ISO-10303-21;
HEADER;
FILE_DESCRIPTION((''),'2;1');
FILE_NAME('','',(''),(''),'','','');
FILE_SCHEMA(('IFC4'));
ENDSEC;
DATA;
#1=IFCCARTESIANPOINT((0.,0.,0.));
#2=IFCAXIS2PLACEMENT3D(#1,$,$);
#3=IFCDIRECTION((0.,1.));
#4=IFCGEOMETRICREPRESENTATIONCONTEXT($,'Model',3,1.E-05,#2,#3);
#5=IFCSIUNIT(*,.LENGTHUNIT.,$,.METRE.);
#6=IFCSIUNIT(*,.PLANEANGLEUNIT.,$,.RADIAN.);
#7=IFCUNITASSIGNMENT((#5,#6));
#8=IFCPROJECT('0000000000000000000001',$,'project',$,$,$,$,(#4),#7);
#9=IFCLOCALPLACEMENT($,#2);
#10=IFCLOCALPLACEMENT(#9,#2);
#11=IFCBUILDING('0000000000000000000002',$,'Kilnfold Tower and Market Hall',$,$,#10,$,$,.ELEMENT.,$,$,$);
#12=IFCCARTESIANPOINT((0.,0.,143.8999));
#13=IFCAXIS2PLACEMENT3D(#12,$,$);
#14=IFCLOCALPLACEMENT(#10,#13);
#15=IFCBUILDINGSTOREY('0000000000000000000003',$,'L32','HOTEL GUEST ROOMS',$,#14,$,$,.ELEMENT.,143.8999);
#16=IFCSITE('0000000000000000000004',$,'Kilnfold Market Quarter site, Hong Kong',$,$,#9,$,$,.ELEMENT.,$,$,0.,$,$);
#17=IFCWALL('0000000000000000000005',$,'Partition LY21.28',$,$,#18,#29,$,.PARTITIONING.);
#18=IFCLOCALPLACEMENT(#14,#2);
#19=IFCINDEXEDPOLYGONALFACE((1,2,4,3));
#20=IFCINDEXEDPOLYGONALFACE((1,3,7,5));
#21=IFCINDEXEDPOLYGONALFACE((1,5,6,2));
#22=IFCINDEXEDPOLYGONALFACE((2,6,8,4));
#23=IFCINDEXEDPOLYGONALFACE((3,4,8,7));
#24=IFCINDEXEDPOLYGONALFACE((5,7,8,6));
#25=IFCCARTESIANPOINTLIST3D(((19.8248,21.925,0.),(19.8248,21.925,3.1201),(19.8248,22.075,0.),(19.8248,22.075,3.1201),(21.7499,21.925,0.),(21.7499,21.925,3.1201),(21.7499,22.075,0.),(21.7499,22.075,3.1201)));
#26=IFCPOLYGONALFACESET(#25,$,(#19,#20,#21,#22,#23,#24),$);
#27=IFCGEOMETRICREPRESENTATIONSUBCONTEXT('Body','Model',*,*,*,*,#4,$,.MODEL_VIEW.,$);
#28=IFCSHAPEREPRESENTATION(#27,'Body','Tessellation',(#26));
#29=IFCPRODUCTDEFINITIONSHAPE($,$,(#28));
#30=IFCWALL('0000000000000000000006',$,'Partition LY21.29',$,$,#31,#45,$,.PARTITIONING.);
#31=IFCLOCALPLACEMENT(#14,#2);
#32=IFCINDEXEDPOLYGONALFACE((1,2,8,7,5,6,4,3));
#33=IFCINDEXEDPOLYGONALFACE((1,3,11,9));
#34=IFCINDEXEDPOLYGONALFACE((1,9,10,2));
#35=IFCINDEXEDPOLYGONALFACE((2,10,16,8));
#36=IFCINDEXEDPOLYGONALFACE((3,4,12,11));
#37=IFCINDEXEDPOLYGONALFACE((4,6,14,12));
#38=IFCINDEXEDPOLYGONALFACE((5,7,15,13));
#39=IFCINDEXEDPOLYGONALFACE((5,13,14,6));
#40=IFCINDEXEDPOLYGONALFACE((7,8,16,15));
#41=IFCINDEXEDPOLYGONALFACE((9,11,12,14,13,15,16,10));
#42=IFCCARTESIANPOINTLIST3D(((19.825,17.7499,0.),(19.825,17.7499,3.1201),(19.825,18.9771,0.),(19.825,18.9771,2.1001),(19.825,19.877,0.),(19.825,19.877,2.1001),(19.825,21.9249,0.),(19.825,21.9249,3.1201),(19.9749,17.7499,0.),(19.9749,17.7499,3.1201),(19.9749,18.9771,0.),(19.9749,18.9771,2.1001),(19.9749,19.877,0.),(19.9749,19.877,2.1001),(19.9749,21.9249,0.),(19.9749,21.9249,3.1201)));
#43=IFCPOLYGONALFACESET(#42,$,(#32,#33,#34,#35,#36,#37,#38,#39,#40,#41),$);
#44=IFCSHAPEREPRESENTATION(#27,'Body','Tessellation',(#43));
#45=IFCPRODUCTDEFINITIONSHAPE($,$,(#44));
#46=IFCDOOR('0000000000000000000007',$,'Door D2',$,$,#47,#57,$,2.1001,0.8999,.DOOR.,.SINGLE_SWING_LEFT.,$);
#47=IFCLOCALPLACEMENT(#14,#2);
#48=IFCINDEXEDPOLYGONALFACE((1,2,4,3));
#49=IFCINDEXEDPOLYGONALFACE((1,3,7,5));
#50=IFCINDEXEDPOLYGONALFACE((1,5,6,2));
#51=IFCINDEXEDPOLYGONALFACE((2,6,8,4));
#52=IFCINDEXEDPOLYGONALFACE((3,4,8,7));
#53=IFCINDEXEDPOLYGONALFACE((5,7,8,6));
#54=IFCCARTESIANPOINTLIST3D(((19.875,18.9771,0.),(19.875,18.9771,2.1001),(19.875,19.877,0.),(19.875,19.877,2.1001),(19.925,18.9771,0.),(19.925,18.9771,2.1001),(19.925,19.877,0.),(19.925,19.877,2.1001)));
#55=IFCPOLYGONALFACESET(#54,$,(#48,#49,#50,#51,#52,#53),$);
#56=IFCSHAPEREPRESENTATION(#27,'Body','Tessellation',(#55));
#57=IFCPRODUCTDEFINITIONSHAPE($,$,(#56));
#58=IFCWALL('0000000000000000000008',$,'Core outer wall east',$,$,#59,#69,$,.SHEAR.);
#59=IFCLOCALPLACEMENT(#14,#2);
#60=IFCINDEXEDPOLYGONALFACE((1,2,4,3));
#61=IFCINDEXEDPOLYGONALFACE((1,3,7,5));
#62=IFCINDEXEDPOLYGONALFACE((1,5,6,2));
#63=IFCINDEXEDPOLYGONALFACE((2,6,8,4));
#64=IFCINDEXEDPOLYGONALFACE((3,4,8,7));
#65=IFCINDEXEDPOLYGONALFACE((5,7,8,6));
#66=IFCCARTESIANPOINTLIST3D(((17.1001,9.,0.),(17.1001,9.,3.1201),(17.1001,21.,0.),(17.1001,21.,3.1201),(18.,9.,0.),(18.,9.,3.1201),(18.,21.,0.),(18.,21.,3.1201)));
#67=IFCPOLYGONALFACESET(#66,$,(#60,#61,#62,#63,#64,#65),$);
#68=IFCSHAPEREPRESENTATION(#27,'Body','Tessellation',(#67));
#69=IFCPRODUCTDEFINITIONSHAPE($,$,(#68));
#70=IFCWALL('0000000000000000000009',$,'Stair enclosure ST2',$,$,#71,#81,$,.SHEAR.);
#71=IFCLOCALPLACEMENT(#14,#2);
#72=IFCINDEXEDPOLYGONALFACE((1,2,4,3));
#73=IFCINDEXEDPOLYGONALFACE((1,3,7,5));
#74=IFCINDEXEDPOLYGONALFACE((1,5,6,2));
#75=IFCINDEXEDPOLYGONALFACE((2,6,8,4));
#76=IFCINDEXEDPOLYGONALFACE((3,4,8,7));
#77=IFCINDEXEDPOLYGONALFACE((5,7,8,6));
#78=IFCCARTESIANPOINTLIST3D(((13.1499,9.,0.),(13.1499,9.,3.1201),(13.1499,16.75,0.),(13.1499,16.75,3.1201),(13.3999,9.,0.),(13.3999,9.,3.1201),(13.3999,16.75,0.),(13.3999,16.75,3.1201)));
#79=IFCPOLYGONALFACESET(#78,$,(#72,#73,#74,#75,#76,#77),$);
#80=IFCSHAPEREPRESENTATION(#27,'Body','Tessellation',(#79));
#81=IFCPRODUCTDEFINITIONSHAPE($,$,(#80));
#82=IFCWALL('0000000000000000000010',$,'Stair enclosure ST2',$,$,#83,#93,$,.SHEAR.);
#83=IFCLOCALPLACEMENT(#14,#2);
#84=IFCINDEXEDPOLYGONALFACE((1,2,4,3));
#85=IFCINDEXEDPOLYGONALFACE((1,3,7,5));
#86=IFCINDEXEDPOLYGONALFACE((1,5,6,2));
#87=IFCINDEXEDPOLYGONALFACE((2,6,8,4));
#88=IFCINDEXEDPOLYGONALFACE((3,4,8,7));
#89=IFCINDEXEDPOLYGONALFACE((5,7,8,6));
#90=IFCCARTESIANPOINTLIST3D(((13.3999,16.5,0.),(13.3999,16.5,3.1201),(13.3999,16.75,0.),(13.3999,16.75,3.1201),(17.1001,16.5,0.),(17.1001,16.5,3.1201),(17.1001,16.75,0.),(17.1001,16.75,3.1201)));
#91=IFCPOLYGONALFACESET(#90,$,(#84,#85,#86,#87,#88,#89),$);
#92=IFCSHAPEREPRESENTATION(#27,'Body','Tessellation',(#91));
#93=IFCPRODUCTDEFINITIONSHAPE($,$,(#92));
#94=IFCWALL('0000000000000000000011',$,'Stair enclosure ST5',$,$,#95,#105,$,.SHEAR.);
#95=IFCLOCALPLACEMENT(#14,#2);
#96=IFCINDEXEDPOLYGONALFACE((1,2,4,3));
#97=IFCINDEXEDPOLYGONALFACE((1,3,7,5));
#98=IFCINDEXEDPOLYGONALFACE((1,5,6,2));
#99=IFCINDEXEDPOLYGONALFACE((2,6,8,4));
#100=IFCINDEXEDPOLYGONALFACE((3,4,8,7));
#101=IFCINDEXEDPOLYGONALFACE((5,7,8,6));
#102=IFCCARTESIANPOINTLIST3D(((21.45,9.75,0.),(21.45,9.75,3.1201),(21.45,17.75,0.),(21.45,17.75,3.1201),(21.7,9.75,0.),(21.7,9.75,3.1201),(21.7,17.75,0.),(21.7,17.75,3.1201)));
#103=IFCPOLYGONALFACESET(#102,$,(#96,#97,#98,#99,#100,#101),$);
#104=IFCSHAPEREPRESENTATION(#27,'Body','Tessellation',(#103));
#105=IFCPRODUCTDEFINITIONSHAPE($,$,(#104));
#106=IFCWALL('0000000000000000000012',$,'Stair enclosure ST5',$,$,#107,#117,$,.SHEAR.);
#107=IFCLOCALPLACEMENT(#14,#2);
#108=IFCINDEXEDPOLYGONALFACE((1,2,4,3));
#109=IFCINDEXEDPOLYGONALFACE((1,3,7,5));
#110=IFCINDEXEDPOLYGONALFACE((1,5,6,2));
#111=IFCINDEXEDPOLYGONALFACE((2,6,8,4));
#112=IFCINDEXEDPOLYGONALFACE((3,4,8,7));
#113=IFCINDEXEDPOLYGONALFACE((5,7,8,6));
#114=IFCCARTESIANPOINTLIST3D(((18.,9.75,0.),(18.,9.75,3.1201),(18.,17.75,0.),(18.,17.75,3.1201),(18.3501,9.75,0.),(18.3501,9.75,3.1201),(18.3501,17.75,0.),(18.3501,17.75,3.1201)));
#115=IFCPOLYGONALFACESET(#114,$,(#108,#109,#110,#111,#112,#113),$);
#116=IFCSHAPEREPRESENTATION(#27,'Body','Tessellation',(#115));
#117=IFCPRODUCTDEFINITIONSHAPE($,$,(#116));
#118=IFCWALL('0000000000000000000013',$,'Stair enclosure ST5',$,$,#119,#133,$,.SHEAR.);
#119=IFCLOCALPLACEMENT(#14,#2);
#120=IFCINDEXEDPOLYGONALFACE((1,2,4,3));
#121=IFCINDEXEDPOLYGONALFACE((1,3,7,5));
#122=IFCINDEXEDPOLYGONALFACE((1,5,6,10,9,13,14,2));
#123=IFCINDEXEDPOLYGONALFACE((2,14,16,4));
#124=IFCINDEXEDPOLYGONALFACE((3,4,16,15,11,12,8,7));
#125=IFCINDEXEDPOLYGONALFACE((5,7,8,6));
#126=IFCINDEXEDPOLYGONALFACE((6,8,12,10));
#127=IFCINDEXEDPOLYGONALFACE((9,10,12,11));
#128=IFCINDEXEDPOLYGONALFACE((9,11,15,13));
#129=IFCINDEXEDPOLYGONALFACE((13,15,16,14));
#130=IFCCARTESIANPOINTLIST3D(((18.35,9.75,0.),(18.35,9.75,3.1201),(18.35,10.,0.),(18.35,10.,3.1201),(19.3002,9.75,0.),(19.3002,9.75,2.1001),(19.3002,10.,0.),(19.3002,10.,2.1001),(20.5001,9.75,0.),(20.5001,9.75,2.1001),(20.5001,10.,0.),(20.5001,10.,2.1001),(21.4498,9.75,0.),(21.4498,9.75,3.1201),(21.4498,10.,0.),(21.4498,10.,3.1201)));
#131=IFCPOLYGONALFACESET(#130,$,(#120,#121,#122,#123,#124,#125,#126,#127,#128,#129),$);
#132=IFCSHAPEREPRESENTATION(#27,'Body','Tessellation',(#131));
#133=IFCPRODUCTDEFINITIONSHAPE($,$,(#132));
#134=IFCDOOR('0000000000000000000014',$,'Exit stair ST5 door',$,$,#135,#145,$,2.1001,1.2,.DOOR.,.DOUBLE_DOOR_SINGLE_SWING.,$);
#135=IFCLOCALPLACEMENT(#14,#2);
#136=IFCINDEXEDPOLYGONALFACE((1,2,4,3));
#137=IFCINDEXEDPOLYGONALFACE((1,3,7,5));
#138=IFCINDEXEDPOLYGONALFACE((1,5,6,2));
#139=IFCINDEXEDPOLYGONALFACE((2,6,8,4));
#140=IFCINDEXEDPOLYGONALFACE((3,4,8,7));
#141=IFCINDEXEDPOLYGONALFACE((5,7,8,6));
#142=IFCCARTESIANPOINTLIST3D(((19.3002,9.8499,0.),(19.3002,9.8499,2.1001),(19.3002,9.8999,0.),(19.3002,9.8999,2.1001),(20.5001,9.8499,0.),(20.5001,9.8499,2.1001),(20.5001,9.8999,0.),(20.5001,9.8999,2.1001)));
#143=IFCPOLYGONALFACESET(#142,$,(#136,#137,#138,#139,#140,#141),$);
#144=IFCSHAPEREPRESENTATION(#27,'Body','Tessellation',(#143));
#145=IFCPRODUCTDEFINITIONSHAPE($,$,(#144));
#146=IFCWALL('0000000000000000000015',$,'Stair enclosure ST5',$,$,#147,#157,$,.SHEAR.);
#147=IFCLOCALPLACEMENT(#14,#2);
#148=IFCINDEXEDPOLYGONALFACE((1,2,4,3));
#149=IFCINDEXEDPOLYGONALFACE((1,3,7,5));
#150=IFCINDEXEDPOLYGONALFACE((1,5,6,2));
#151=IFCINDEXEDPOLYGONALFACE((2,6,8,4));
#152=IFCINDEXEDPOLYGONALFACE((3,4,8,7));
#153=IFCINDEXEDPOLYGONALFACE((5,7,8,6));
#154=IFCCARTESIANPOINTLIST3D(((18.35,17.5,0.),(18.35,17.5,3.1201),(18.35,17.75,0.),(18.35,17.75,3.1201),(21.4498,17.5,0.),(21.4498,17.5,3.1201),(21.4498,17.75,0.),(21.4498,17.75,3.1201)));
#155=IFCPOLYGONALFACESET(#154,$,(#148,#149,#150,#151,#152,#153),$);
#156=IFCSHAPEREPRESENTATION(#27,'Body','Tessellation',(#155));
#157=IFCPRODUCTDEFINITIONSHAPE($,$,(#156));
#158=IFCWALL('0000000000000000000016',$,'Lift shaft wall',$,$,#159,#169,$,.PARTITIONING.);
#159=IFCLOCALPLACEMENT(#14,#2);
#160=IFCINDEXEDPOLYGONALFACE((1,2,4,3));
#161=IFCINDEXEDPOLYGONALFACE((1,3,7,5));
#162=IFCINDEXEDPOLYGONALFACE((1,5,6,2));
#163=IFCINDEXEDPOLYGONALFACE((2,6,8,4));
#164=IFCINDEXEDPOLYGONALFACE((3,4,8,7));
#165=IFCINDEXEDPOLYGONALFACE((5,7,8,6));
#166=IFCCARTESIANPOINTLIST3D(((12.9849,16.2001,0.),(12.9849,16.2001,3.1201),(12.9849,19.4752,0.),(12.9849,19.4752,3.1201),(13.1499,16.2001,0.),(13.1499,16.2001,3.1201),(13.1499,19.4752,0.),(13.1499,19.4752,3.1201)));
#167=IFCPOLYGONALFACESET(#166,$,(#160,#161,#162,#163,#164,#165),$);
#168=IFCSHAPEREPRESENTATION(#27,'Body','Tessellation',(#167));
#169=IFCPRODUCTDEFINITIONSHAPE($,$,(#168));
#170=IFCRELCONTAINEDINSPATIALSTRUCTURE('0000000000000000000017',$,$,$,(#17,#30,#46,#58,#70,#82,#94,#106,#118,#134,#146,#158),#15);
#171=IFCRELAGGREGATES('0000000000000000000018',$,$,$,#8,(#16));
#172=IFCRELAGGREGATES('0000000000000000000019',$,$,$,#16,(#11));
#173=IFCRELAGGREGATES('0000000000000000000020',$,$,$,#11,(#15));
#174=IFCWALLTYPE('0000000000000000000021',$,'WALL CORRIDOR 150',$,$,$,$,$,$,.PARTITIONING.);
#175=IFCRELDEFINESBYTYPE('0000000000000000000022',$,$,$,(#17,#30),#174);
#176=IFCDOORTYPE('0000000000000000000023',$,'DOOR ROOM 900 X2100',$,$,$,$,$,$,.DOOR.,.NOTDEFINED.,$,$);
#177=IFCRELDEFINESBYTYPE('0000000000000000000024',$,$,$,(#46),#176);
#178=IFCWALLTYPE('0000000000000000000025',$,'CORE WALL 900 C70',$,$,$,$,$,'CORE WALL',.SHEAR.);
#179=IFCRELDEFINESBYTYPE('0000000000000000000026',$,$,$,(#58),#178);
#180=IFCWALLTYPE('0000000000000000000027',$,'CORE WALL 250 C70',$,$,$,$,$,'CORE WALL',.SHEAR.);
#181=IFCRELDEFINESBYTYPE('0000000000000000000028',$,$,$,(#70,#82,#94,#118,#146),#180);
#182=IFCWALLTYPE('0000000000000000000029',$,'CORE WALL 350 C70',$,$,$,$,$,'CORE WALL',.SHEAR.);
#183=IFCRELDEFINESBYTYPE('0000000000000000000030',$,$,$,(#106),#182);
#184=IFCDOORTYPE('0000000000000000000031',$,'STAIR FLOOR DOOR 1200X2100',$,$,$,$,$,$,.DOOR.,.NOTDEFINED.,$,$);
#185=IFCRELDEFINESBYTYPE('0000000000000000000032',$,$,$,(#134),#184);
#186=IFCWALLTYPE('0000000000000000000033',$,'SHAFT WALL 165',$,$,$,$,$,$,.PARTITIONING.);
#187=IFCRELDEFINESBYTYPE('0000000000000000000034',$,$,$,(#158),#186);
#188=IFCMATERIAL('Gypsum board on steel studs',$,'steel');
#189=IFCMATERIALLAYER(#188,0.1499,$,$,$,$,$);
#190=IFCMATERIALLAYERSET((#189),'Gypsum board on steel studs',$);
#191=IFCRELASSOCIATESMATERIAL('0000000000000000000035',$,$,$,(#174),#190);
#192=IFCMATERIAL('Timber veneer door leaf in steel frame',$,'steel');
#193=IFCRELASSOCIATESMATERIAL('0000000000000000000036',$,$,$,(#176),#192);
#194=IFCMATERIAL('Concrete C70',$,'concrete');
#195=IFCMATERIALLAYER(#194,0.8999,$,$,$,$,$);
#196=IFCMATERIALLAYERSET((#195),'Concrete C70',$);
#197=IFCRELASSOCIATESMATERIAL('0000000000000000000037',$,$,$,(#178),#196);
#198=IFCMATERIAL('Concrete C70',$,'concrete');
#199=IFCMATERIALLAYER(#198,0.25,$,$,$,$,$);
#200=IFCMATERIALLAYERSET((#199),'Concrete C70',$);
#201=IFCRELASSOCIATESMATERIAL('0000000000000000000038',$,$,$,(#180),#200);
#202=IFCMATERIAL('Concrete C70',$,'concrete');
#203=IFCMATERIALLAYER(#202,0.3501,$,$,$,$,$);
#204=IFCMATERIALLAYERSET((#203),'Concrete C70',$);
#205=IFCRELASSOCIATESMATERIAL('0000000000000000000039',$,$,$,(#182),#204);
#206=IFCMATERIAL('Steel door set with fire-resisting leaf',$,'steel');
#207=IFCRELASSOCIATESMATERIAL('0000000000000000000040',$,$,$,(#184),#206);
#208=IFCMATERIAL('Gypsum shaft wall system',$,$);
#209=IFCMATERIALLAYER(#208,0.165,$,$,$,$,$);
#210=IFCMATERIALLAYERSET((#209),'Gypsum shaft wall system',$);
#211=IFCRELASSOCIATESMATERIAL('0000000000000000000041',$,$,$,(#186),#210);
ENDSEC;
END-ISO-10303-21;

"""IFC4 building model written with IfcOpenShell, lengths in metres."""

from ifc_helpers import new_model, si_unit, direction, frame, frame_2d, origin, place, context, subcontext, project, spatial, rectangle, extrude, source, transform, mapped, material, layer, layer_set, type_object, element, fill, save


model = new_model("IFC4")

# Units and contexts
model_context = context("Model", 3, precision=1e-05, world=origin(), true_north=direction((0.0, 1.0)))
body_context = subcontext(model_context, "Body", "Model", "MODEL_VIEW")
ifc_project = project(units=[si_unit("LENGTHUNIT", "METRE"), si_unit("PLANEANGLEUNIT", "RADIAN")], contexts=[model_context])

# Site, building, storey
site_placement = place(None, origin())
site = spatial("IfcSite", under=ifc_project, at=site_placement, Name="Kilnfold Market Quarter site, Hong Kong", CompositionType="ELEMENT", RefElevation=0.0)
building_placement = place(site_placement, origin())
building = spatial("IfcBuilding", under=site, at=building_placement, Name="Kilnfold Tower and Market Hall", CompositionType="ELEMENT")
storey_placement = place(building_placement, frame((0.0, 0.0, 143.8999)))
storey = spatial("IfcBuildingStorey", under=building, at=storey_placement, Name="L32", Description="HOTEL GUEST ROOMS", CompositionType="ELEMENT", Elevation=143.8999)

# Wall
ifc_material_1 = material(Name="Gypsum board on steel studs", Category="steel")
ifc_layer_1 = layer(ifc_material_1, 0.1499)
ifc_layer_set_1 = layer_set([ifc_layer_1], Name="Gypsum board on steel studs")
wall_type_1 = type_object("IfcWallType", Name="WALL CORRIDOR 150", PredefinedType="PARTITIONING", material=ifc_layer_set_1)
wall_1_placement = place(storey_placement, frame((19.825, 22.0, 0.0), z_axis=(0.0, 0.0, 1.0), x_axis=(1.0, 0.0, 0.0)))
element("IfcWall", 1, at=wall_1_placement, inside=storey, type_object=wall_type_1, Name="Partition LY21.28", PredefinedType="PARTITIONING", context=body_context, shape_type="SweptSolid", body=[
    extrude(rectangle(XDim=1.925, YDim=0.1499, at=frame_2d((0.9624, 0.0))), origin(), (0.0, 0.0, 1.0), 3.1201),
])

# Wall, opening, door
wall_2_placement = place(storey_placement, frame((19.8999, 17.75, 0.0), z_axis=(0.0, 0.0, 1.0), x_axis=(0.0, 1.0, 0.0)))
wall_2 = element("IfcWall", 2, at=wall_2_placement, inside=storey, type_object=wall_type_1, Name="Partition LY21.29", PredefinedType="PARTITIONING", context=body_context, shape_type="SweptSolid", body=[
    extrude(rectangle(XDim=4.175, YDim=0.1499, at=frame_2d((2.0874, 0.0))), origin(), (0.0, 0.0, 1.0), 3.1201),
])
opening_1_placement = place(wall_2_placement, frame((1.2271, 0.0, 0.0)))
opening_1 = element("IfcOpeningElement", 3, at=opening_1_placement, cuts=wall_2, PredefinedType="OPENING", context=body_context, shape_type="SweptSolid", body=[
    extrude(rectangle(XDim=0.8999, YDim=2.1001, at=frame_2d((0.45, 1.05))), frame((0.0, 0.085, 0.0), z_axis=(0.0, -1.0, 0.0), x_axis=(1.0, 0.0, 0.0)), (0.0, 0.0, 1.0), 0.1699),
])
ifc_material_2 = material(Name="Timber veneer door leaf in steel frame", Category="steel")
door_type_1 = type_object("IfcDoorType", Name="DOOR ROOM 900 X2100", OperationType="NOTDEFINED", PredefinedType="DOOR", material=ifc_material_2)
door_1_placement = place(opening_1_placement, origin())
door_1 = element("IfcDoor", 4, at=door_1_placement, inside=storey, type_object=door_type_1, Name="Door D2", OperationType="SINGLE_SWING_LEFT", OverallHeight=2.1001, OverallWidth=0.8999, PredefinedType="DOOR", context=body_context, shape_type="SweptSolid", body=[
    extrude(rectangle(XDim=0.8999, YDim=2.1001, at=frame_2d((0.45, 1.05))), frame((0.0, 0.0249, 0.0), z_axis=(0.0, -1.0, 0.0), x_axis=(1.0, 0.0, 0.0)), (0.0, 0.0, 1.0), 0.05),
])
fill(opening_1, door_1)

# Walls
ifc_material_3 = material(Name="Concrete C70", Category="concrete")
ifc_layer_2 = layer(ifc_material_3, 0.8999)
ifc_layer_set_2 = layer_set([ifc_layer_2], Name="Concrete C70")
wall_type_2 = type_object("IfcWallType", Name="CORE WALL 900 C70", ElementType="CORE WALL", PredefinedType="SHEAR", material=ifc_layer_set_2)
shared_shape_1 = source(origin(), body_context, "Body", "SweptSolid", [
    extrude(rectangle(XDim=12.0, YDim=0.8999, at=frame_2d((6.0, 0.0))), origin(), (0.0, 0.0, 1.0), 3.1201),
])
wall_3_placement = place(storey_placement, frame((17.55, 9.0, 0.0), z_axis=(0.0, 0.0, 1.0), x_axis=(0.0, 1.0, 0.0)))
element("IfcWall", 5, at=wall_3_placement, inside=storey, type_object=wall_type_2, Name="Core outer wall east", PredefinedType="SHEAR", context=body_context, shape_type="MappedRepresentation", body=[
    mapped(shared_shape_1, transform((0.0, 0.0, 0.0))),
])
ifc_material_4 = material(Name="Concrete C70", Category="concrete")
ifc_layer_3 = layer(ifc_material_4, 0.25)
ifc_layer_set_3 = layer_set([ifc_layer_3], Name="Concrete C70")
wall_type_3 = type_object("IfcWallType", Name="CORE WALL 250 C70", ElementType="CORE WALL", PredefinedType="SHEAR", material=ifc_layer_set_3)
shared_shape_2 = source(origin(), body_context, "Body", "SweptSolid", [
    extrude(rectangle(XDim=7.75, YDim=0.25, at=frame_2d((3.875, 0.0))), origin(), (0.0, 0.0, 1.0), 3.1201),
])
wall_4_placement = place(storey_placement, frame((13.2749, 9.0, 0.0), z_axis=(0.0, 0.0, 1.0), x_axis=(0.0, 1.0, 0.0)))
element("IfcWall", 6, at=wall_4_placement, inside=storey, type_object=wall_type_3, Name="Stair enclosure ST2", PredefinedType="SHEAR", context=body_context, shape_type="MappedRepresentation", body=[
    mapped(shared_shape_2, transform((0.0, 0.0, 0.0))),
])
shared_shape_3 = source(origin(), body_context, "Body", "SweptSolid", [
    extrude(rectangle(XDim=3.7002, YDim=0.25, at=frame_2d((1.8501, 0.0))), origin(), (0.0, 0.0, 1.0), 3.1201),
])
wall_5_placement = place(storey_placement, frame((13.3999, 16.625, 0.0), z_axis=(0.0, 0.0, 1.0), x_axis=(1.0, 0.0, 0.0)))
element("IfcWall", 7, at=wall_5_placement, inside=storey, type_object=wall_type_3, Name="Stair enclosure ST2", PredefinedType="SHEAR", context=body_context, shape_type="MappedRepresentation", body=[
    mapped(shared_shape_3, transform((0.0, 0.0, 0.0))),
])
shared_shape_4 = source(origin(), body_context, "Body", "SweptSolid", [
    extrude(rectangle(XDim=8.0, YDim=0.25, at=frame_2d((4.0, 0.0))), origin(), (0.0, 0.0, 1.0), 3.1201),
])
wall_6_placement = place(storey_placement, frame((21.575, 9.75, 0.0), z_axis=(0.0, 0.0, 1.0), x_axis=(0.0, 1.0, 0.0)))
element("IfcWall", 8, at=wall_6_placement, inside=storey, type_object=wall_type_3, Name="Stair enclosure ST5", PredefinedType="SHEAR", context=body_context, shape_type="MappedRepresentation", body=[
    mapped(shared_shape_4, transform((0.0, 0.0, 0.0))),
])
ifc_material_5 = material(Name="Concrete C70", Category="concrete")
ifc_layer_4 = layer(ifc_material_5, 0.3501)
ifc_layer_set_4 = layer_set([ifc_layer_4], Name="Concrete C70")
wall_type_4 = type_object("IfcWallType", Name="CORE WALL 350 C70", ElementType="CORE WALL", PredefinedType="SHEAR", material=ifc_layer_set_4)
shared_shape_5 = source(origin(), body_context, "Body", "SweptSolid", [
    extrude(rectangle(XDim=8.0, YDim=0.3501, at=frame_2d((4.0, 0.0))), origin(), (0.0, 0.0, 1.0), 3.1201),
])
wall_7_placement = place(storey_placement, frame((18.175, 9.75, 0.0), z_axis=(0.0, 0.0, 1.0), x_axis=(0.0, 1.0, 0.0)))
element("IfcWall", 9, at=wall_7_placement, inside=storey, type_object=wall_type_4, Name="Stair enclosure ST5", PredefinedType="SHEAR", context=body_context, shape_type="MappedRepresentation", body=[
    mapped(shared_shape_5, transform((0.0, 0.0, 0.0))),
])

# Wall, opening, door
shared_shape_6 = source(origin(), body_context, "Body", "SweptSolid", [
    extrude(rectangle(XDim=3.0999, YDim=0.25, at=frame_2d((1.5498, 0.0))), origin(), (0.0, 0.0, 1.0), 3.1201),
])
wall_8_placement = place(storey_placement, frame((18.3501, 9.875, 0.0), z_axis=(0.0, 0.0, 1.0), x_axis=(1.0, 0.0, 0.0)))
wall_8 = element("IfcWall", 10, at=wall_8_placement, inside=storey, type_object=wall_type_3, Name="Stair enclosure ST5", PredefinedType="SHEAR", context=body_context, shape_type="MappedRepresentation", body=[
    mapped(shared_shape_6, transform((0.0, 0.0, 0.0))),
])
opening_2_placement = place(wall_8_placement, frame((0.95, 0.0, 0.0)))
opening_2 = element("IfcOpeningElement", 11, at=opening_2_placement, cuts=wall_8, PredefinedType="OPENING", context=body_context, shape_type="SweptSolid", body=[
    extrude(rectangle(XDim=1.2, YDim=2.1001, at=frame_2d((0.6001, 1.05))), frame((0.0, 0.135, 0.0), z_axis=(0.0, -1.0, 0.0), x_axis=(1.0, 0.0, 0.0)), (0.0, 0.0, 1.0), 0.27),
])
ifc_material_6 = material(Name="Steel door set with fire-resisting leaf", Category="steel")
door_type_2 = type_object("IfcDoorType", Name="STAIR FLOOR DOOR 1200X2100", OperationType="NOTDEFINED", PredefinedType="DOOR", material=ifc_material_6)
door_2_placement = place(opening_2_placement, origin())
door_2 = element("IfcDoor", 12, at=door_2_placement, inside=storey, type_object=door_type_2, Name="Exit stair ST5 door", OperationType="DOUBLE_DOOR_SINGLE_SWING", OverallHeight=2.1001, OverallWidth=1.2, PredefinedType="DOOR", context=body_context, shape_type="SweptSolid", body=[
    extrude(rectangle(XDim=1.2, YDim=2.1001, at=frame_2d((0.6001, 1.05))), frame((0.0, 0.0249, 0.0), z_axis=(0.0, -1.0, 0.0), x_axis=(1.0, 0.0, 0.0)), (0.0, 0.0, 1.0), 0.05),
])
fill(opening_2, door_2)

# Walls
wall_9_placement = place(storey_placement, frame((18.3501, 17.625, 0.0), z_axis=(0.0, 0.0, 1.0), x_axis=(1.0, 0.0, 0.0)))
element("IfcWall", 13, at=wall_9_placement, inside=storey, type_object=wall_type_3, Name="Stair enclosure ST5", PredefinedType="SHEAR", context=body_context, shape_type="MappedRepresentation", body=[
    mapped(shared_shape_6, transform((0.0, 0.0, 0.0))),
])
ifc_material_7 = material(Name="Gypsum shaft wall system")
ifc_layer_5 = layer(ifc_material_7, 0.165)
ifc_layer_set_5 = layer_set([ifc_layer_5], Name="Gypsum shaft wall system")
wall_type_5 = type_object("IfcWallType", Name="SHAFT WALL 165", PredefinedType="PARTITIONING", material=ifc_layer_set_5)
shared_shape_7 = source(origin(), body_context, "Body", "SweptSolid", [
    extrude(rectangle(XDim=3.2751, YDim=0.165, at=frame_2d((1.6377, 0.0))), origin(), (0.0, 0.0, 1.0), 3.1201),
])
wall_10_placement = place(storey_placement, frame((13.0674, 16.2, 0.0), z_axis=(0.0, 0.0, 1.0), x_axis=(0.0, 1.0, 0.0)))
element("IfcWall", 14, at=wall_10_placement, inside=storey, type_object=wall_type_5, Name="Lift shaft wall", PredefinedType="PARTITIONING", context=body_context, shape_type="MappedRepresentation", body=[
    mapped(shared_shape_7, transform((0.0, 0.0, 0.0))),
])

save(model, "model.ifc")
